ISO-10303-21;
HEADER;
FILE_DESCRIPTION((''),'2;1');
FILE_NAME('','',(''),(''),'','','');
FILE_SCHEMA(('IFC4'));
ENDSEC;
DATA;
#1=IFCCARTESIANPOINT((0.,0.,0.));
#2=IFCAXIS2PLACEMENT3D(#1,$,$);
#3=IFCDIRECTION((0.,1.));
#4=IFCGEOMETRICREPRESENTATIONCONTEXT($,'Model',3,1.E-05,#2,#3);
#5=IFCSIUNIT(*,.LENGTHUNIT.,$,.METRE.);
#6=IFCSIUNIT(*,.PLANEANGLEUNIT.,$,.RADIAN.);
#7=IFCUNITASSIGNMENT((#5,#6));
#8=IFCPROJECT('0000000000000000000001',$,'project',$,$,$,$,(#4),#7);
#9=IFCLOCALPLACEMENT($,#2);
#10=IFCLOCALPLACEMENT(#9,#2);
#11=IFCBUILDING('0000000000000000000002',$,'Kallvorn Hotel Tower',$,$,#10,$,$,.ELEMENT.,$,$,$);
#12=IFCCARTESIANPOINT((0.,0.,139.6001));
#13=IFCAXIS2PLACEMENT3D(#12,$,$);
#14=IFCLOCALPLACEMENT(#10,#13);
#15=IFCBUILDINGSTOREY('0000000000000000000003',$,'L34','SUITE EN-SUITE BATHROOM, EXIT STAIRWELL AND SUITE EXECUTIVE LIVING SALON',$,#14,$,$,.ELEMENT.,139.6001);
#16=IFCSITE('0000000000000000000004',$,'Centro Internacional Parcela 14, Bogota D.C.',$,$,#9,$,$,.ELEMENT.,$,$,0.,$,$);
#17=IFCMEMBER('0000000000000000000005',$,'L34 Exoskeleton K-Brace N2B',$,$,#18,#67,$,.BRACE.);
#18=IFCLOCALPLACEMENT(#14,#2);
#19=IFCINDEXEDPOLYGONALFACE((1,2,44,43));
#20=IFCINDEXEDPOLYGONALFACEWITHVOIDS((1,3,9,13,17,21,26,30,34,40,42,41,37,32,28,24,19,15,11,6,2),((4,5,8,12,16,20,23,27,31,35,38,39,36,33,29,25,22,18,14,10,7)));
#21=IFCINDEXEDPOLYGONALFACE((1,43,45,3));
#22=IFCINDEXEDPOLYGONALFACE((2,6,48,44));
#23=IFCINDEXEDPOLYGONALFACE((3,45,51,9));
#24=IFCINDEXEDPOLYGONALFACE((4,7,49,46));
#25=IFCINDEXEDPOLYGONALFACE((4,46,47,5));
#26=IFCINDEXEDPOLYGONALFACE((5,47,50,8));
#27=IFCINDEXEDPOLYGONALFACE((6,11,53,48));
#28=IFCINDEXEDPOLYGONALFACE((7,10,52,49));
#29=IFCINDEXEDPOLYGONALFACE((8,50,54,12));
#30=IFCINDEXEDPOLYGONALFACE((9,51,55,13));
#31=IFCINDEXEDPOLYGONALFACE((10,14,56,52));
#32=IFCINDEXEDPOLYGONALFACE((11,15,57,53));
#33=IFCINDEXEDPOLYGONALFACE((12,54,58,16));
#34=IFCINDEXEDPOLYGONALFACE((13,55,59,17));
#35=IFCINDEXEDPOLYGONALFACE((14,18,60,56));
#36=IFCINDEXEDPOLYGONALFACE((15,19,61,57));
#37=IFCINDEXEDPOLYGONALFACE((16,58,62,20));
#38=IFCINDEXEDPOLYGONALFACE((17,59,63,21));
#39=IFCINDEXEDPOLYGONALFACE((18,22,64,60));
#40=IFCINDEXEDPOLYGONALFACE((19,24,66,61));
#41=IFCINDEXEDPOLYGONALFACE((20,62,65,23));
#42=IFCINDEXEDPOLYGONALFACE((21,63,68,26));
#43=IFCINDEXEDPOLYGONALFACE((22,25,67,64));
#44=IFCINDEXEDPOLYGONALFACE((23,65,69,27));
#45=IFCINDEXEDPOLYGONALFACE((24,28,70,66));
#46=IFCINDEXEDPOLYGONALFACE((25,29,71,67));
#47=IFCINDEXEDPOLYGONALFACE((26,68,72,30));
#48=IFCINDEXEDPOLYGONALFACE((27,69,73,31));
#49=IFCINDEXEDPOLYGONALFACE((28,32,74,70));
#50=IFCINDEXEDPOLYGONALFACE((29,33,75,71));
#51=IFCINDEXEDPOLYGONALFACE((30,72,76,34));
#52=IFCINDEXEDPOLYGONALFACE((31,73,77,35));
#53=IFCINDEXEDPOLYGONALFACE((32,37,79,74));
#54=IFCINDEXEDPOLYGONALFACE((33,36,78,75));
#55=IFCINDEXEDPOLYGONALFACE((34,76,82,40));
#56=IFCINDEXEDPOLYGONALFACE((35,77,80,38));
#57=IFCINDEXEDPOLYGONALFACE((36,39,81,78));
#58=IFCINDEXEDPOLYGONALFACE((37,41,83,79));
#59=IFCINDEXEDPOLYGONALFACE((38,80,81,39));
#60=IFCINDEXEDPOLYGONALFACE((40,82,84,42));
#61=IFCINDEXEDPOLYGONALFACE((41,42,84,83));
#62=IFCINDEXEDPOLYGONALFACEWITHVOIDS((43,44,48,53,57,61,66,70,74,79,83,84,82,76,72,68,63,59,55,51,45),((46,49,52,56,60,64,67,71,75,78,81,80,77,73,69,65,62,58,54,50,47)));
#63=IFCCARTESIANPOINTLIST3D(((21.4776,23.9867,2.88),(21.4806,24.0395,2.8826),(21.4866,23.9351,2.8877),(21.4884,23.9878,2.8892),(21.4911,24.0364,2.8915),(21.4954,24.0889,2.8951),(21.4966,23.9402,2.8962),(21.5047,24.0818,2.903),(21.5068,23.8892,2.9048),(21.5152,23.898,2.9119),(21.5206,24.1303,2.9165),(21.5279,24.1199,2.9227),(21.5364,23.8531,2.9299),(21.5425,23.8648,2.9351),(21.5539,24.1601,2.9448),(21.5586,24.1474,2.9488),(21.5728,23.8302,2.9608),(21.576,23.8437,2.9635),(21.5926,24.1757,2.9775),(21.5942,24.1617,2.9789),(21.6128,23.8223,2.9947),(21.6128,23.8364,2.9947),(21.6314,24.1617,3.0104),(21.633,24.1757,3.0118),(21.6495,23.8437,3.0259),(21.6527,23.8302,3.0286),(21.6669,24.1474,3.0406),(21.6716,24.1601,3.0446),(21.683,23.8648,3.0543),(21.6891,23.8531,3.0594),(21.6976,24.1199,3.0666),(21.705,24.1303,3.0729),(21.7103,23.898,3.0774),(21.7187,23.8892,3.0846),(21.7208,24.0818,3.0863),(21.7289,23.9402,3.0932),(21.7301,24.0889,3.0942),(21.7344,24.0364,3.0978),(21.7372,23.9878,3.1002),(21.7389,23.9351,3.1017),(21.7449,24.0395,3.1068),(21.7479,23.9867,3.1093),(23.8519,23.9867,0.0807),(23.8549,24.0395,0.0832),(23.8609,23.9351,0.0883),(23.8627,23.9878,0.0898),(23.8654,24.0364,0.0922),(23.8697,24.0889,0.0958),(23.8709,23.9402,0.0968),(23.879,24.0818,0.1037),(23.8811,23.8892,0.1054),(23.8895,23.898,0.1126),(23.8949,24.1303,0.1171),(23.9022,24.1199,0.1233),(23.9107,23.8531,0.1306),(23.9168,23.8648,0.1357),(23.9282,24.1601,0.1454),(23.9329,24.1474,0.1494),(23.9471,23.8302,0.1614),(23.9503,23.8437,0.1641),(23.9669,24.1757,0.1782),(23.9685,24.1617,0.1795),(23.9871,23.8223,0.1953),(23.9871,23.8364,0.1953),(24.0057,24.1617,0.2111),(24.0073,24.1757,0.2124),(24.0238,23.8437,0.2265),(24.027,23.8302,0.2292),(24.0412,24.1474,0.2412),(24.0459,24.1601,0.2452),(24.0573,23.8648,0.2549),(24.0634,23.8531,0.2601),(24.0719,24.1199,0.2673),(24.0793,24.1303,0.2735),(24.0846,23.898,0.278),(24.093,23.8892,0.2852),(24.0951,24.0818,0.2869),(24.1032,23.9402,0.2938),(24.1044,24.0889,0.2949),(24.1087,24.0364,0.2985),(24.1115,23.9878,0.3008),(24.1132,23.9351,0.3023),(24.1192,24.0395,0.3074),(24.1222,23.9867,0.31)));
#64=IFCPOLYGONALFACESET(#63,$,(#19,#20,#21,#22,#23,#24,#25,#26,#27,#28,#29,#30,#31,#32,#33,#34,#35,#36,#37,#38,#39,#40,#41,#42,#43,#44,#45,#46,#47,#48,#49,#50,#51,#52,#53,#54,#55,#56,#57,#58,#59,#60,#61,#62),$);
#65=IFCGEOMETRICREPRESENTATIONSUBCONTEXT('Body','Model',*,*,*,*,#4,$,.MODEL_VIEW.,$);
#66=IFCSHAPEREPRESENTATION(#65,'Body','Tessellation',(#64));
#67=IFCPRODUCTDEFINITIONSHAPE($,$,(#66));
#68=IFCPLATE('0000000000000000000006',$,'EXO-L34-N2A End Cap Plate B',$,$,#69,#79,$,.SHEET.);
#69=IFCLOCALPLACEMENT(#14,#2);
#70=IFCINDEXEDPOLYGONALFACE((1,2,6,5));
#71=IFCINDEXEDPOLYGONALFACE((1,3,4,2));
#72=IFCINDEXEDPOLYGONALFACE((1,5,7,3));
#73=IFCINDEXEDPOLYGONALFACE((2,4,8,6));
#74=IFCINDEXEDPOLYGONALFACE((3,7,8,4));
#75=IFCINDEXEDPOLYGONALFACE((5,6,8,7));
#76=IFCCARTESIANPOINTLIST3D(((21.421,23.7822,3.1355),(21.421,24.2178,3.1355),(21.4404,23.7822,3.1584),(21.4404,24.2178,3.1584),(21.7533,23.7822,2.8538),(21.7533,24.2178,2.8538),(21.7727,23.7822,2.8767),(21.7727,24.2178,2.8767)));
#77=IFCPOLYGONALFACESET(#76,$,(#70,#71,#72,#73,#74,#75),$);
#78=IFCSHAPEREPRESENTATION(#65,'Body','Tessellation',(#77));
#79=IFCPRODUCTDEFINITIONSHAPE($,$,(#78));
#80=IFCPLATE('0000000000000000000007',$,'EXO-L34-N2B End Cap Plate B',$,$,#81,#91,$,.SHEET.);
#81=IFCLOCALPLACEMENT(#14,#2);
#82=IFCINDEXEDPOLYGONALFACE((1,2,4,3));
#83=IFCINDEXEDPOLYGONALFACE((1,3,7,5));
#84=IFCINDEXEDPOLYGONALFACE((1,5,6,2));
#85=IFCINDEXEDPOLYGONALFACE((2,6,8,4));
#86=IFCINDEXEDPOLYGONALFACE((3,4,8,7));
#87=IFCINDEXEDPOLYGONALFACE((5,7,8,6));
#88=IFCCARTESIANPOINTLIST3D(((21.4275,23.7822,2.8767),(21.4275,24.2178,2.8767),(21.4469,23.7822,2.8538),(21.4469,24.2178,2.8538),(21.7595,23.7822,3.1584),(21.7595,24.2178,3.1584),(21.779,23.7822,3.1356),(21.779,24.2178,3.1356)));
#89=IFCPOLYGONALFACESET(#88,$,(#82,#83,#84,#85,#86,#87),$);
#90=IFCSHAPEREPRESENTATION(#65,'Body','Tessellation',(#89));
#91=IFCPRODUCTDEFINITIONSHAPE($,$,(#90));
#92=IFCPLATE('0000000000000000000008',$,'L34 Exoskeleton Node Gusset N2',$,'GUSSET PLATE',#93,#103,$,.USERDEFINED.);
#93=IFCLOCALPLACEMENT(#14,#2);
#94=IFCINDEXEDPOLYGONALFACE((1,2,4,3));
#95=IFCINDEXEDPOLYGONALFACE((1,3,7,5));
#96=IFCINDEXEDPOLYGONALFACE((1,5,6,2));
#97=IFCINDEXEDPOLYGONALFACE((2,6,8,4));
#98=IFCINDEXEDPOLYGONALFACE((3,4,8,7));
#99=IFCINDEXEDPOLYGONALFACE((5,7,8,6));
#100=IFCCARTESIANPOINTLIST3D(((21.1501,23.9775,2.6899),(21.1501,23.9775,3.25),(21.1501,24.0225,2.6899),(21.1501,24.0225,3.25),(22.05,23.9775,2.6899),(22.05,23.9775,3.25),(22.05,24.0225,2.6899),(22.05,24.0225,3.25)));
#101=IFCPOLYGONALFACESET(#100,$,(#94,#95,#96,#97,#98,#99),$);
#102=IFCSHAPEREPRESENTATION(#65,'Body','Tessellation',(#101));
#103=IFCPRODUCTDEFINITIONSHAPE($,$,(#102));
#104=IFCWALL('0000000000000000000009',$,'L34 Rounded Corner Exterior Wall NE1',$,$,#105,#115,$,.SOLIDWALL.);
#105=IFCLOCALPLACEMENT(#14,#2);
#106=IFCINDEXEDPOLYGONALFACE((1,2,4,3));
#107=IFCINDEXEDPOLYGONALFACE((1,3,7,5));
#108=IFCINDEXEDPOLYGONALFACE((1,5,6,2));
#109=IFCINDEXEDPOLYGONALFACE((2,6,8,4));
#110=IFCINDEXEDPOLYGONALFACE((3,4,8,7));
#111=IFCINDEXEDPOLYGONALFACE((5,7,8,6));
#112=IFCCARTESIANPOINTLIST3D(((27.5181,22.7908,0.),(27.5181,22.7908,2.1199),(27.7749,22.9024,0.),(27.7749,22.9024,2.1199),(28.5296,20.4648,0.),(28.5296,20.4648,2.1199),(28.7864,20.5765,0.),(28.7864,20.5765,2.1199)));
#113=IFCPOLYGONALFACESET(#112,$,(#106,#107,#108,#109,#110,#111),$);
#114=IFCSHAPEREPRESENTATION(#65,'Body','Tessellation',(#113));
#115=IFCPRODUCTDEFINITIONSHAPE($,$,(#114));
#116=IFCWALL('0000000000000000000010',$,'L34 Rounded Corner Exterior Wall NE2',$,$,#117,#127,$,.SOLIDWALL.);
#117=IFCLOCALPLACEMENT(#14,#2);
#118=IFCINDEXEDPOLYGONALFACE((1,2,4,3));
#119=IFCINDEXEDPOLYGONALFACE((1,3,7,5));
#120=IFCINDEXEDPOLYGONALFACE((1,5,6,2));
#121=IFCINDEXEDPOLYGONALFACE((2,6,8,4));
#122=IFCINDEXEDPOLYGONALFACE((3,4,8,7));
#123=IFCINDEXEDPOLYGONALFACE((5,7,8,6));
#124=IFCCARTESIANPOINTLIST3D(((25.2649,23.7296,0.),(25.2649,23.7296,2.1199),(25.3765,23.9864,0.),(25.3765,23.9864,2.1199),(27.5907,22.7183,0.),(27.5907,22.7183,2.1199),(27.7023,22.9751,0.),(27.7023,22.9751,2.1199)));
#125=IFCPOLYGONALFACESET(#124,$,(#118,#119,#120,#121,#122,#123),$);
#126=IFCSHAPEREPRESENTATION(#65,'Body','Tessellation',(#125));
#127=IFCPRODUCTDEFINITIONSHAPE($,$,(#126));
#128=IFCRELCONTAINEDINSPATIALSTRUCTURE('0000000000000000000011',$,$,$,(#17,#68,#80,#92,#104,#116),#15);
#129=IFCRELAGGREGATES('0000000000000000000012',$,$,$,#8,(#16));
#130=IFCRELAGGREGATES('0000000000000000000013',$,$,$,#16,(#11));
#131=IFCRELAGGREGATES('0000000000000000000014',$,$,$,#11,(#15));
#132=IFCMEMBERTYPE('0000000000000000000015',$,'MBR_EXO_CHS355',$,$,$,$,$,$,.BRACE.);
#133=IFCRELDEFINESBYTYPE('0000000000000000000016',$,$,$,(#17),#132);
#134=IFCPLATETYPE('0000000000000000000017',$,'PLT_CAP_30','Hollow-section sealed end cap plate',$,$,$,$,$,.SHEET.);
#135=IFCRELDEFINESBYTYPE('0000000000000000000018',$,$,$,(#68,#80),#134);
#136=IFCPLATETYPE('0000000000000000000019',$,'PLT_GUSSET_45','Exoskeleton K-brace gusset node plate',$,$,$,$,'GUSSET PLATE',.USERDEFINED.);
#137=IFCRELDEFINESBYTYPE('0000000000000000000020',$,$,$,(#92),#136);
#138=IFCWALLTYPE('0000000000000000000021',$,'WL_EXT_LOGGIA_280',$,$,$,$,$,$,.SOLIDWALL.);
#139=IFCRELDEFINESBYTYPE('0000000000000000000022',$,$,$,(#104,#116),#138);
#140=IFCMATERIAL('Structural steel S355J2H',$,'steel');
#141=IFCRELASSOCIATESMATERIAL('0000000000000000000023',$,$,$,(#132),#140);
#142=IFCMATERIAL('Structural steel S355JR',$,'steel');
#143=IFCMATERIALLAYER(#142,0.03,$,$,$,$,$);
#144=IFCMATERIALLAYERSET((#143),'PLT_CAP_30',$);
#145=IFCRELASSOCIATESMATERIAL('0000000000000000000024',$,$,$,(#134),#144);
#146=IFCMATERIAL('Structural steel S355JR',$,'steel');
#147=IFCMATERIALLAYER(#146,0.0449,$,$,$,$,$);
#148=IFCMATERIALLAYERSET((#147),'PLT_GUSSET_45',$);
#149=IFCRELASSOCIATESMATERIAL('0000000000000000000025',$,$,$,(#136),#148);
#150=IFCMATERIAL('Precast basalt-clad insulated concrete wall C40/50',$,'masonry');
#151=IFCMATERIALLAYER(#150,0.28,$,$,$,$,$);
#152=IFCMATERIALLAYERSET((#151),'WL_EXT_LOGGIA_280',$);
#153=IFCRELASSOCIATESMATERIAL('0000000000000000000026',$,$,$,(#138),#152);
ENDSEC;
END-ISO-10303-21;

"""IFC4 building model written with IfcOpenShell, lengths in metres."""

from ifc_helpers import new_model, si_unit, direction, frame, frame_2d, origin, origin_2d, place, context, subcontext, project, spatial, polyline, rectangle, hollow_circle, outline, extrude, material, layer, layer_set, material_profile, profile_set, type_object, element, save


model = new_model("IFC4")

# Units and contexts
model_context = context("Model", 3, precision=1e-05, world=origin(), true_north=direction((0.0, 1.0)))
body_context = subcontext(model_context, "Body", "Model", "MODEL_VIEW")
ifc_project = project(units=[si_unit("LENGTHUNIT", "METRE"), si_unit("PLANEANGLEUNIT", "RADIAN")], contexts=[model_context])

# Site, building, storey
site_placement = place(None, origin())
site = spatial("IfcSite", under=ifc_project, at=site_placement, Name="Centro Internacional Parcela 14, Bogota D.C.", CompositionType="ELEMENT", RefElevation=0.0)
building_placement = place(site_placement, origin())
building = spatial("IfcBuilding", under=site, at=building_placement, Name="Kallvorn Hotel Tower", CompositionType="ELEMENT")
storey_placement = place(building_placement, frame((0.0, 0.0, 139.6001)))
storey = spatial("IfcBuildingStorey", under=building, at=storey_placement, Name="L34", Description="SUITE EN-SUITE BATHROOM, EXIT STAIRWELL AND SUITE EXECUTIVE LIVING SALON", CompositionType="ELEMENT", Elevation=139.6001)

# Member
ifc_material_1 = material(Name="Structural steel S355J2H", Category="steel")
ifc_material_profile_1 = material_profile(ifc_material_1, hollow_circle(Radius=0.1777, WallThickness=0.0142, at=origin_2d()), Name="CHS 355.6x14.2")
ifc_profile_set_1 = profile_set([ifc_material_profile_1], Name="Structural steel S355J2H")
member_type_1 = type_object("IfcMemberType", Name="MBR_EXO_CHS355", PredefinedType="BRACE", material=ifc_profile_set_1)
for number, where, z_axis, x_axis, name in (
    (1, (23.9871, 24.0, 0.1953), (-0.646833, 0.0, 0.762631), (0.0, -1.0, 0.0), "L34 Exoskeleton K-Brace N2B"),
):
    element("IfcMember", number, at=place(storey_placement, frame(where, z_axis=z_axis, x_axis=x_axis)), inside=storey, type_object=member_type_1, Name=name, PredefinedType="BRACE", context=body_context, shape_type="SweptSolid", body=[
        extrude(hollow_circle(Radius=0.1777, WallThickness=0.0142, at=origin_2d()), origin(), (0.0, 0.0, 1.0), 3.6707),
    ])

# Plates
ifc_material_2 = material(Name="Structural steel S355JR", Category="steel")
ifc_layer_1 = layer(ifc_material_2, 0.03)
ifc_layer_set_1 = layer_set([ifc_layer_1], Name="PLT_CAP_30")
plate_type_1 = type_object("IfcPlateType", Name="PLT_CAP_30", Description="Hollow-section sealed end cap plate", PredefinedType="SHEET", material=ifc_layer_set_1)
plate_1_placement = place(storey_placement, frame((21.7727, 23.7822, 2.8767), z_axis=(0.646721, 0.0, 0.762727), x_axis=(0.0, 1.0, 0.0)))
element("IfcPlate", 2, at=plate_1_placement, inside=storey, type_object=plate_type_1, Name="EXO-L34-N2A End Cap Plate B", PredefinedType="SHEET", context=body_context, shape_type="SweptSolid", body=[
    extrude(outline(polyline([(0.0, 0.0), (0.4355, 0.0), (0.4355, 0.4356), (0.0, 0.4356), (0.0, 0.0)])), origin(), (0.0, 0.0, -1.0), 0.03),
])
plate_2_placement = place(storey_placement, frame((21.4275, 24.2178, 2.8767), z_axis=(-0.646997, 0.0, 0.762492), x_axis=(0.0, -1.0, 0.0)))
element("IfcPlate", 3, at=plate_2_placement, inside=storey, type_object=plate_type_1, Name="EXO-L34-N2B End Cap Plate B", PredefinedType="SHEET", context=body_context, shape_type="SweptSolid", body=[
    extrude(outline(polyline([(0.0, 0.0), (0.4355, 0.0), (0.4355, 0.4355), (0.0, 0.4355), (0.0, 0.0)])), origin(), (0.0, 0.0, -1.0), 0.03),
])
ifc_material_3 = material(Name="Structural steel S355JR", Category="steel")
ifc_layer_2 = layer(ifc_material_3, 0.0449)
ifc_layer_set_2 = layer_set([ifc_layer_2], Name="PLT_GUSSET_45")
plate_type_2 = type_object("IfcPlateType", Name="PLT_GUSSET_45", Description="Exoskeleton K-brace gusset node plate", ElementType="GUSSET PLATE", PredefinedType="USERDEFINED", material=ifc_layer_set_2)
plate_3_placement = place(storey_placement, frame((21.6001, 24.0, 2.6899), z_axis=(0.0, 0.0, 1.0), x_axis=(1.0, 0.0, 0.0)))
element("IfcPlate", 4, at=plate_3_placement, inside=storey, type_object=plate_type_2, Name="L34 Exoskeleton Node Gusset N2", ObjectType="GUSSET PLATE", PredefinedType="USERDEFINED", context=body_context, shape_type="SweptSolid", body=[
    extrude(rectangle(XDim=0.8999, YDim=0.0449, at=origin_2d()), origin(), (0.0, 0.0, 1.0), 0.5601),
])

# Walls
ifc_material_4 = material(Name="Precast basalt-clad insulated concrete wall C40/50", Category="masonry")
ifc_layer_3 = layer(ifc_material_4, 0.28)
ifc_layer_set_3 = layer_set([ifc_layer_3], Name="WL_EXT_LOGGIA_280")
wall_type = type_object("IfcWallType", Name="WL_EXT_LOGGIA_280", PredefinedType="SOLIDWALL", material=ifc_layer_set_3)
wall_1_placement = place(storey_placement, frame((28.658, 20.5208, 0.0), z_axis=(0.0, 0.0, 1.0), x_axis=(-0.398793, 0.917041, 0.0)))
element("IfcWall", 5, at=wall_1_placement, inside=storey, type_object=wall_type, Name="L34 Rounded Corner Exterior Wall NE1", PredefinedType="SOLIDWALL", context=body_context, shape_type="SweptSolid", body=[
    extrude(rectangle(XDim=2.5364, YDim=0.28, at=frame_2d((1.2681, 0.0))), origin(), (0.0, 0.0, 1.0), 2.1199),
])
wall_2_placement = place(storey_placement, frame((27.6465, 22.8467, 0.0), z_axis=(0.0, 0.0, 1.0), x_axis=(-0.917061, 0.398747, 0.0)))
element("IfcWall", 6, at=wall_2_placement, inside=storey, type_object=wall_type, Name="L34 Rounded Corner Exterior Wall NE2", PredefinedType="SOLIDWALL", context=body_context, shape_type="SweptSolid", body=[
    extrude(rectangle(XDim=2.5361, YDim=0.28, at=frame_2d((1.2681, 0.0))), origin(), (0.0, 0.0, 1.0), 2.1199),
])

save(model, "model.ifc")
